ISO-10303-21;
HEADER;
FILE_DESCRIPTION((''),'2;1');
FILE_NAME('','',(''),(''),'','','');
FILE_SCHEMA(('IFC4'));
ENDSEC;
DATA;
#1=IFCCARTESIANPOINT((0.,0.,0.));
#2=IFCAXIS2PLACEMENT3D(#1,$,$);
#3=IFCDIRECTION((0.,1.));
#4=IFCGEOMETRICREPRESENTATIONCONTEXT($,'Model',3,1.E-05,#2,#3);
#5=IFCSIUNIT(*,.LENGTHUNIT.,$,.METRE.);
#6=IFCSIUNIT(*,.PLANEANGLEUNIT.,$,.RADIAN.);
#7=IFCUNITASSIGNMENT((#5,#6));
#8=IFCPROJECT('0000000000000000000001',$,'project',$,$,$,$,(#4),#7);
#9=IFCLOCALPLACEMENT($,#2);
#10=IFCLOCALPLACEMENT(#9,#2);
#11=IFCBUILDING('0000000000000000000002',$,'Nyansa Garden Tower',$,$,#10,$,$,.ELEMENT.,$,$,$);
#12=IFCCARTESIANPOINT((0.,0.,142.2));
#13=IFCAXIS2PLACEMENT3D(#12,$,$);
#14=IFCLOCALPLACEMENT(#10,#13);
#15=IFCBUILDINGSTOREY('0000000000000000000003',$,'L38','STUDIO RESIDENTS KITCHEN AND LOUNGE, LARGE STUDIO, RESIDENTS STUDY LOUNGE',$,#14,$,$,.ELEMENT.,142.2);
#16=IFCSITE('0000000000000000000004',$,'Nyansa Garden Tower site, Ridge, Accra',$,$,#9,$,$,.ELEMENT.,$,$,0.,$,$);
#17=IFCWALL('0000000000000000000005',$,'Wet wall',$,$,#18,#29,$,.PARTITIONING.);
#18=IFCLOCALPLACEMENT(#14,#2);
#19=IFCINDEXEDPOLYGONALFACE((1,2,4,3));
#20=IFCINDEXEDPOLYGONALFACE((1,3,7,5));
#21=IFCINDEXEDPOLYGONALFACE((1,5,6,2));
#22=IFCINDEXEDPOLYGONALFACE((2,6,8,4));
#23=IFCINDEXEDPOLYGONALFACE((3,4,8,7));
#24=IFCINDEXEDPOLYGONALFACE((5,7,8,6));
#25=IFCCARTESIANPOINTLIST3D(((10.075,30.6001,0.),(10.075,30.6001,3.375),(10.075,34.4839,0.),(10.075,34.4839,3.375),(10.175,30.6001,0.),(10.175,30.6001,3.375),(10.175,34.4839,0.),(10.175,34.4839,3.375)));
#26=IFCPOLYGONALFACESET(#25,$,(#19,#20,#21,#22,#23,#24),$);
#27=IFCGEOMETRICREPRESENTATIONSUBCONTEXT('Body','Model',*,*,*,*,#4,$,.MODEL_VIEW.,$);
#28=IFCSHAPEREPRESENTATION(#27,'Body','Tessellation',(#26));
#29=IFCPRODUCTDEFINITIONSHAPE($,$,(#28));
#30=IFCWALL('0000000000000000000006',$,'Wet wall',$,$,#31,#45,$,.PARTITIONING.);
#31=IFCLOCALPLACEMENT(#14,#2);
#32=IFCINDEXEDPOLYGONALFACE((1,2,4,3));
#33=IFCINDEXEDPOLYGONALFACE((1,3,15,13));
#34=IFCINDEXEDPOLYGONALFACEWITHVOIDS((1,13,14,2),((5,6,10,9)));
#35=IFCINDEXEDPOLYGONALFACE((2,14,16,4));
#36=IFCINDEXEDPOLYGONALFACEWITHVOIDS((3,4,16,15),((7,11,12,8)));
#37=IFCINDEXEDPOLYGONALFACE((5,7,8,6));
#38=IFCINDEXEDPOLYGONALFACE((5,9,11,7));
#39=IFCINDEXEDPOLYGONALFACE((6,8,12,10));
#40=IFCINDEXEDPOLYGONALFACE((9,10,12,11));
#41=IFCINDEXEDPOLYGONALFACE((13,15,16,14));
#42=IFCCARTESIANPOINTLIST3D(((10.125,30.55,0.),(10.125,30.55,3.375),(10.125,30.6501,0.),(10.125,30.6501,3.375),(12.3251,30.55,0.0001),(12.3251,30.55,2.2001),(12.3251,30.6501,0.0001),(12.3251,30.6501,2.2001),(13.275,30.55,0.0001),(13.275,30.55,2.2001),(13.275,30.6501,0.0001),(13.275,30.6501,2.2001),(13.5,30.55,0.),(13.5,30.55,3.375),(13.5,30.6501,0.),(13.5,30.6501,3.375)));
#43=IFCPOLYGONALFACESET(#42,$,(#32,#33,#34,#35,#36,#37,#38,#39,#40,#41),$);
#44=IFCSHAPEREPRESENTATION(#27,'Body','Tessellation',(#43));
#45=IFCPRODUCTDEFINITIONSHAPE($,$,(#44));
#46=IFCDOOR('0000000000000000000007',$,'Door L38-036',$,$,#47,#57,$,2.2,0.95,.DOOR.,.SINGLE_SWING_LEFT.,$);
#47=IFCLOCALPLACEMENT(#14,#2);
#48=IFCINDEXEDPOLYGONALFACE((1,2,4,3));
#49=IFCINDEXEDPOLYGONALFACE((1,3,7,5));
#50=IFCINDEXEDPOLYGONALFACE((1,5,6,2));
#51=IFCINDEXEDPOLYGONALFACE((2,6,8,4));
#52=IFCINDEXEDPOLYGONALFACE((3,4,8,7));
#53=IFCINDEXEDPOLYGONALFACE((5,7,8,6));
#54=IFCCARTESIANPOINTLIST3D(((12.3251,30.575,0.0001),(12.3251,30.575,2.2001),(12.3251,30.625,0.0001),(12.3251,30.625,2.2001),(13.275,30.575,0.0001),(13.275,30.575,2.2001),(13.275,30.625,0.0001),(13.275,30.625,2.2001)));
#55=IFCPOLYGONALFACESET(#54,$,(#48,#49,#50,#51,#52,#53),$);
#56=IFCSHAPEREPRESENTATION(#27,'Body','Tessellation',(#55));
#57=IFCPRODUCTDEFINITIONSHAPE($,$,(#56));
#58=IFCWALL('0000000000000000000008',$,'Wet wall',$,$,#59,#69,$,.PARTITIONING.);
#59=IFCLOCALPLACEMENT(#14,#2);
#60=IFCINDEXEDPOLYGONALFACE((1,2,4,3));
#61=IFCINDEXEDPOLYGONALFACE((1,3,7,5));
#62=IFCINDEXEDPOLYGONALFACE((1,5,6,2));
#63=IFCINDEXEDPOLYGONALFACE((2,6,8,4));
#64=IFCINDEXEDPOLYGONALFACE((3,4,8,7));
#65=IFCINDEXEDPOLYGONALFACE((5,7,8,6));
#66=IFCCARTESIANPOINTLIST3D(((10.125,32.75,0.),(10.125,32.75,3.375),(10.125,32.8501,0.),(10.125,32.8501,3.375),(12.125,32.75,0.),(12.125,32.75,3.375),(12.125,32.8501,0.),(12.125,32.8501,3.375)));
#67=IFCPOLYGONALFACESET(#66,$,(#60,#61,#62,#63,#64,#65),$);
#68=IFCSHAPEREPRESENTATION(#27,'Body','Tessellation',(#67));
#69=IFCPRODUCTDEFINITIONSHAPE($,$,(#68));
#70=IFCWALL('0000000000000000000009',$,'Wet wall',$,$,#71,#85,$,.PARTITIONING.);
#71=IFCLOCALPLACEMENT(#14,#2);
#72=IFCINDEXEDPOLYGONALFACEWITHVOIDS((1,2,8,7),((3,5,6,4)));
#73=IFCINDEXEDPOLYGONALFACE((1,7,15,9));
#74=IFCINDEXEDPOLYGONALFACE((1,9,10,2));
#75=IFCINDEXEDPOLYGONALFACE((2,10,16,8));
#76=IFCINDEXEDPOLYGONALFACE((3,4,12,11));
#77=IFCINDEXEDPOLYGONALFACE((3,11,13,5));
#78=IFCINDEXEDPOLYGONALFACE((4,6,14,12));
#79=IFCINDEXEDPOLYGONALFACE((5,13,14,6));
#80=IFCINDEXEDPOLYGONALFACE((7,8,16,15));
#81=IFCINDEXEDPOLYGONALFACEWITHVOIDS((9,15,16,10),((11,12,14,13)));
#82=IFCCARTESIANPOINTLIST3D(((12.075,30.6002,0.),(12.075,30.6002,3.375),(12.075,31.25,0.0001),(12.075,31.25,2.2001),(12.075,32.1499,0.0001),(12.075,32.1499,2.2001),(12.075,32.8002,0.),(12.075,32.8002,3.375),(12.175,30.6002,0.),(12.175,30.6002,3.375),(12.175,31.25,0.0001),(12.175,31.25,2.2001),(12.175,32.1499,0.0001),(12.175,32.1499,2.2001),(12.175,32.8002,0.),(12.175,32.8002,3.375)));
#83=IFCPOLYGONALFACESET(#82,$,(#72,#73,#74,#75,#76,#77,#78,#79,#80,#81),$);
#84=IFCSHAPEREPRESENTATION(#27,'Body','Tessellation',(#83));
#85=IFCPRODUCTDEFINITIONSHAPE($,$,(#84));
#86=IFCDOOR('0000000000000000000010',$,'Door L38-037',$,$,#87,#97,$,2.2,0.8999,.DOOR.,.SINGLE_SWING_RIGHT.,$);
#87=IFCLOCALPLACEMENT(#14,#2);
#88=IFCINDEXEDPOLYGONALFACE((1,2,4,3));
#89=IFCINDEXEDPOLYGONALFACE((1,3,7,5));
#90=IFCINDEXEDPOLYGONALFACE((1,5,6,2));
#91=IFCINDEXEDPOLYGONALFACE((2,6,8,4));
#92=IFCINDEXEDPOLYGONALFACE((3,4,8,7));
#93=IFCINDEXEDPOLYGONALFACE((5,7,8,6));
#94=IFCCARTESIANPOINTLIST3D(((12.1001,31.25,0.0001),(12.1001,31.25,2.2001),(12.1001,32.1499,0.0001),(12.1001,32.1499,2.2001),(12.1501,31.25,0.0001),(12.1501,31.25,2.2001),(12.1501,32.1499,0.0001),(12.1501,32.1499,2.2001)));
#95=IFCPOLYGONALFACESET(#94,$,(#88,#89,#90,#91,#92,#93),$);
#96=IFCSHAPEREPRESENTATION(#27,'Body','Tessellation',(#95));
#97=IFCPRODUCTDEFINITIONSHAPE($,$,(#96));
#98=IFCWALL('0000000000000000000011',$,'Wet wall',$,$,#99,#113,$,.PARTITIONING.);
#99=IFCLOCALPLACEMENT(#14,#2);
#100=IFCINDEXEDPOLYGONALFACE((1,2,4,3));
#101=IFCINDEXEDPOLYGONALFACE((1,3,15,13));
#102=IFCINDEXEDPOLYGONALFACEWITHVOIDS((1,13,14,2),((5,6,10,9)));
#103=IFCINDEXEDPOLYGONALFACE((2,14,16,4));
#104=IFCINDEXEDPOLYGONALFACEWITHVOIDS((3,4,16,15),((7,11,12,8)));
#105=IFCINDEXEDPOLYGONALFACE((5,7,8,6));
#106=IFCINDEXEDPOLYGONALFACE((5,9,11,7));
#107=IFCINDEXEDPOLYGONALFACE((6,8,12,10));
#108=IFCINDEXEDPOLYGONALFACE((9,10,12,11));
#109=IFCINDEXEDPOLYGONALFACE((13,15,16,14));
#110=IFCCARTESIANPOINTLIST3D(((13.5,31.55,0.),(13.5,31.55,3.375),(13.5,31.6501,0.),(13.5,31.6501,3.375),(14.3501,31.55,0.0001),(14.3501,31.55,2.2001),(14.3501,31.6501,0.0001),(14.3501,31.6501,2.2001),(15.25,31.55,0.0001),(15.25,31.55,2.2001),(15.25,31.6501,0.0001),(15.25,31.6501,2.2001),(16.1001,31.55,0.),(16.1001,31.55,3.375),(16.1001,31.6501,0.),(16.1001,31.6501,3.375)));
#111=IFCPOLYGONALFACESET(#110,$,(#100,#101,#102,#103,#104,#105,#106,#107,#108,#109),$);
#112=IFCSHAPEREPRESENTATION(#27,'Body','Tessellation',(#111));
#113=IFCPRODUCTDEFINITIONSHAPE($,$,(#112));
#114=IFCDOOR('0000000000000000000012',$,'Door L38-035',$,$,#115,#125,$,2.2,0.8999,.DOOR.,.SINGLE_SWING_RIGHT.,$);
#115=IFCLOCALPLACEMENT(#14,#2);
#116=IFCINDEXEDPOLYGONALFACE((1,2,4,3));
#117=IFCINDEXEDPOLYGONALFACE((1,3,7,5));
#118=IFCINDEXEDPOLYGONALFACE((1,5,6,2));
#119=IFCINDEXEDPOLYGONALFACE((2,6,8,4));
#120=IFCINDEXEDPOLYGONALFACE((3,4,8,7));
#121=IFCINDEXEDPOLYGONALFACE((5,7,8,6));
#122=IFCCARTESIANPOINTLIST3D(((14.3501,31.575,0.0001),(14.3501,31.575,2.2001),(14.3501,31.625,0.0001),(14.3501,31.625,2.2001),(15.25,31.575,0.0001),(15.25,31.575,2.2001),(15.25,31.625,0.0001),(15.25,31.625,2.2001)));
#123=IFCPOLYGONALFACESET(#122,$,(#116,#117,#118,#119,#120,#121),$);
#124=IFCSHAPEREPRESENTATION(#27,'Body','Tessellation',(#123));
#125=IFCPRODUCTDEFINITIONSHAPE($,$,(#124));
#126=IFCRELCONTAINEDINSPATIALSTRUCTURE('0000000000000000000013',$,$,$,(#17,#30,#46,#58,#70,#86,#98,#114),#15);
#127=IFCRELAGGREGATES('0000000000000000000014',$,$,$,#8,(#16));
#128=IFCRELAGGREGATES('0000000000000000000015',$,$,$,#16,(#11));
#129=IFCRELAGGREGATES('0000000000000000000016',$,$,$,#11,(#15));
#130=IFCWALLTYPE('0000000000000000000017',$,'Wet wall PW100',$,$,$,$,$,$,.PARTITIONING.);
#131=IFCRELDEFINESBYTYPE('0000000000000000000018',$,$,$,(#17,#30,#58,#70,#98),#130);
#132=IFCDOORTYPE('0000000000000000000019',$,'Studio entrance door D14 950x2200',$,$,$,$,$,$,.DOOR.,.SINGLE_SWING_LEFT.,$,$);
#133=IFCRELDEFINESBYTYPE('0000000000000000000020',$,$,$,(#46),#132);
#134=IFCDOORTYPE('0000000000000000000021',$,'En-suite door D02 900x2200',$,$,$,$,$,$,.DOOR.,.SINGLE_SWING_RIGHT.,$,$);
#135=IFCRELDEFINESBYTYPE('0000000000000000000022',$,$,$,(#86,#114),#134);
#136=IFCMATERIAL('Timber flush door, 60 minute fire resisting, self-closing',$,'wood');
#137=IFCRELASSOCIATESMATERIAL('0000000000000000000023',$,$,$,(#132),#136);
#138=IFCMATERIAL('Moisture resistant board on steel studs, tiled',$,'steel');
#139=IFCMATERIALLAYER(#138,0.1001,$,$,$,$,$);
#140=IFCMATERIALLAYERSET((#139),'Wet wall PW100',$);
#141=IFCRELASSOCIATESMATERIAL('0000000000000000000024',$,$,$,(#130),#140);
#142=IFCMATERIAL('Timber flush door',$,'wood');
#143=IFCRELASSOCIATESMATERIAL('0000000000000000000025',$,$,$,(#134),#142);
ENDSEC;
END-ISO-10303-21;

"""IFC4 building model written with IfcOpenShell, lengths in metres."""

from ifc_helpers import new_model, si_unit, direction, frame, frame_2d, origin, place, context, subcontext, project, spatial, rectangle, extrude, material, layer, layer_set, type_object, element, fill, save


model = new_model("IFC4")

# Units and contexts
model_context = context("Model", 3, precision=1e-05, world=origin(), true_north=direction((0.0, 1.0)))
body_context = subcontext(model_context, "Body", "Model", "MODEL_VIEW")
ifc_project = project(units=[si_unit("LENGTHUNIT", "METRE"), si_unit("PLANEANGLEUNIT", "RADIAN")], contexts=[model_context])

# Site, building, storey
site_placement = place(None, origin())
site = spatial("IfcSite", under=ifc_project, at=site_placement, Name="Nyansa Garden Tower site, Ridge, Accra", CompositionType="ELEMENT", RefElevation=0.0)
building_placement = place(site_placement, origin())
building = spatial("IfcBuilding", under=site, at=building_placement, Name="Nyansa Garden Tower", CompositionType="ELEMENT")
storey_placement = place(building_placement, frame((0.0, 0.0, 142.2)))
storey = spatial("IfcBuildingStorey", under=building, at=storey_placement, Name="L38", Description="STUDIO RESIDENTS KITCHEN AND LOUNGE, LARGE STUDIO, RESIDENTS STUDY LOUNGE", CompositionType="ELEMENT", Elevation=142.2)

# Shared definitions
ifc_material_1 = material(Name="Timber flush door, 60 minute fire resisting, self-closing", Category="wood")
door_type_1 = type_object("IfcDoorType", Name="Studio entrance door D14 950x2200", OperationType="SINGLE_SWING_LEFT", PredefinedType="DOOR", material=ifc_material_1)

# Wall
ifc_material_2 = material(Name="Moisture resistant board on steel studs, tiled", Category="steel")
ifc_layer_1 = layer(ifc_material_2, 0.1001)
ifc_layer_set_1 = layer_set([ifc_layer_1], Name="Wet wall PW100")
wall_type_1 = type_object("IfcWallType", Name="Wet wall PW100", PredefinedType="PARTITIONING", material=ifc_layer_set_1)
wall_1_placement = place(storey_placement, frame((10.125, 30.6001, 0.0), z_axis=(0.0, 0.0, 1.0), x_axis=(0.0, 1.0, 0.0)))
element("IfcWall", 1, at=wall_1_placement, inside=storey, type_object=wall_type_1, Name="Wet wall", PredefinedType="PARTITIONING", context=body_context, shape_type="SweptSolid", body=[
    extrude(rectangle(XDim=3.8838, YDim=0.1001, at=frame_2d((1.9419, 0.0))), origin(), (0.0, 0.0, 1.0), 3.375),
])

# Wall, opening, door
wall_2_placement = place(storey_placement, frame((10.125, 30.6001, 0.0), z_axis=(0.0, 0.0, 1.0), x_axis=(1.0, 0.0, 0.0)))
wall_2 = element("IfcWall", 2, at=wall_2_placement, inside=storey, type_object=wall_type_1, Name="Wet wall", PredefinedType="PARTITIONING", context=body_context, shape_type="SweptSolid", body=[
    extrude(rectangle(XDim=3.375, YDim=0.1001, at=frame_2d((1.6875, 0.0))), origin(), (0.0, 0.0, 1.0), 3.375),
])
opening_1_placement = place(wall_2_placement, frame((2.2, 0.0, 0.0)))
opening_1 = element("IfcOpeningElement", 3, at=opening_1_placement, cuts=wall_2, PredefinedType="OPENING", context=body_context, shape_type="SweptSolid", body=[
    extrude(rectangle(XDim=0.95, YDim=2.2, at=frame_2d((0.4751, 1.1001))), frame((0.0, 0.0601, 0.0), z_axis=(0.0, -1.0, 0.0), x_axis=(1.0, 0.0, 0.0)), (0.0, 0.0, 1.0), 0.1201),
])
door_1_placement = place(opening_1_placement, origin())
door_1 = element("IfcDoor", 4, at=door_1_placement, inside=storey, type_object=door_type_1, Name="Door L38-036", OperationType="SINGLE_SWING_LEFT", OverallHeight=2.2, OverallWidth=0.95, PredefinedType="DOOR", context=body_context, shape_type="SweptSolid", body=[
    extrude(rectangle(XDim=0.95, YDim=2.2, at=frame_2d((0.4751, 1.1001))), frame((0.0, 0.0249, 0.0), z_axis=(0.0, -1.0, 0.0), x_axis=(1.0, 0.0, 0.0)), (0.0, 0.0, 1.0), 0.05),
])
fill(opening_1, door_1)

# Wall
wall_3_placement = place(storey_placement, frame((10.125, 32.8, 0.0), z_axis=(0.0, 0.0, 1.0), x_axis=(1.0, 0.0, 0.0)))
element("IfcWall", 5, at=wall_3_placement, inside=storey, type_object=wall_type_1, Name="Wet wall", PredefinedType="PARTITIONING", context=body_context, shape_type="SweptSolid", body=[
    extrude(rectangle(XDim=2.0, YDim=0.1001, at=frame_2d((1.0, 0.0))), origin(), (0.0, 0.0, 1.0), 3.375),
])

# Walls, openings, doors
wall_4_placement = place(storey_placement, frame((12.125, 30.6001, 0.0), z_axis=(0.0, 0.0, 1.0), x_axis=(0.0, 1.0, 0.0)))
wall_4 = element("IfcWall", 6, at=wall_4_placement, inside=storey, type_object=wall_type_1, Name="Wet wall", PredefinedType="PARTITIONING", context=body_context, shape_type="SweptSolid", body=[
    extrude(rectangle(XDim=2.2, YDim=0.1001, at=frame_2d((1.1001, 0.0))), origin(), (0.0, 0.0, 1.0), 3.375),
])
opening_2_placement = place(wall_4_placement, frame((0.6499, 0.0, 0.0)))
opening_2 = element("IfcOpeningElement", 7, at=opening_2_placement, cuts=wall_4, PredefinedType="OPENING", context=body_context, shape_type="SweptSolid", body=[
    extrude(rectangle(XDim=0.8999, YDim=2.2, at=frame_2d((0.45, 1.1001))), frame((0.0, 0.0601, 0.0), z_axis=(0.0, -1.0, 0.0), x_axis=(1.0, 0.0, 0.0)), (0.0, 0.0, 1.0), 0.1201),
])
ifc_material_3 = material(Name="Timber flush door", Category="wood")
door_type_2 = type_object("IfcDoorType", Name="En-suite door D02 900x2200", OperationType="SINGLE_SWING_RIGHT", PredefinedType="DOOR", material=ifc_material_3)
door_2_placement = place(opening_2_placement, origin())
door_2 = element("IfcDoor", 8, at=door_2_placement, inside=storey, type_object=door_type_2, Name="Door L38-037", OperationType="SINGLE_SWING_RIGHT", OverallHeight=2.2, OverallWidth=0.8999, PredefinedType="DOOR", context=body_context, shape_type="SweptSolid", body=[
    extrude(rectangle(XDim=0.8999, YDim=2.2, at=frame_2d((0.45, 1.1001))), frame((0.0, 0.0249, 0.0), z_axis=(0.0, -1.0, 0.0), x_axis=(1.0, 0.0, 0.0)), (0.0, 0.0, 1.0), 0.05),
])
fill(opening_2, door_2)
wall_5_placement = place(storey_placement, frame((13.5, 31.6001, 0.0), z_axis=(0.0, 0.0, 1.0), x_axis=(1.0, 0.0, 0.0)))
wall_5 = element("IfcWall", 9, at=wall_5_placement, inside=storey, type_object=wall_type_1, Name="Wet wall", PredefinedType="PARTITIONING", context=body_context, shape_type="SweptSolid", body=[
    extrude(rectangle(XDim=2.6001, YDim=0.1001, at=frame_2d((1.3, 0.0))), origin(), (0.0, 0.0, 1.0), 3.375),
])
opening_3_placement = place(wall_5_placement, frame((0.8501, 0.0, 0.0)))
opening_3 = element("IfcOpeningElement", 10, at=opening_3_placement, cuts=wall_5, PredefinedType="OPENING", context=body_context, shape_type="SweptSolid", body=[
    extrude(rectangle(XDim=0.8999, YDim=2.2, at=frame_2d((0.45, 1.1001))), frame((0.0, 0.0601, 0.0), z_axis=(0.0, -1.0, 0.0), x_axis=(1.0, 0.0, 0.0)), (0.0, 0.0, 1.0), 0.1201),
])
door_3_placement = place(opening_3_placement, origin())
door_3 = element("IfcDoor", 11, at=door_3_placement, inside=storey, type_object=door_type_2, Name="Door L38-035", OperationType="SINGLE_SWING_RIGHT", OverallHeight=2.2, OverallWidth=0.8999, PredefinedType="DOOR", context=body_context, shape_type="SweptSolid", body=[
    extrude(rectangle(XDim=0.8999, YDim=2.2, at=frame_2d((0.45, 1.1001))), frame((0.0, 0.0249, 0.0), z_axis=(0.0, -1.0, 0.0), x_axis=(1.0, 0.0, 0.0)), (0.0, 0.0, 1.0), 0.05),
])
fill(opening_3, door_3)

save(model, "model.ifc")
